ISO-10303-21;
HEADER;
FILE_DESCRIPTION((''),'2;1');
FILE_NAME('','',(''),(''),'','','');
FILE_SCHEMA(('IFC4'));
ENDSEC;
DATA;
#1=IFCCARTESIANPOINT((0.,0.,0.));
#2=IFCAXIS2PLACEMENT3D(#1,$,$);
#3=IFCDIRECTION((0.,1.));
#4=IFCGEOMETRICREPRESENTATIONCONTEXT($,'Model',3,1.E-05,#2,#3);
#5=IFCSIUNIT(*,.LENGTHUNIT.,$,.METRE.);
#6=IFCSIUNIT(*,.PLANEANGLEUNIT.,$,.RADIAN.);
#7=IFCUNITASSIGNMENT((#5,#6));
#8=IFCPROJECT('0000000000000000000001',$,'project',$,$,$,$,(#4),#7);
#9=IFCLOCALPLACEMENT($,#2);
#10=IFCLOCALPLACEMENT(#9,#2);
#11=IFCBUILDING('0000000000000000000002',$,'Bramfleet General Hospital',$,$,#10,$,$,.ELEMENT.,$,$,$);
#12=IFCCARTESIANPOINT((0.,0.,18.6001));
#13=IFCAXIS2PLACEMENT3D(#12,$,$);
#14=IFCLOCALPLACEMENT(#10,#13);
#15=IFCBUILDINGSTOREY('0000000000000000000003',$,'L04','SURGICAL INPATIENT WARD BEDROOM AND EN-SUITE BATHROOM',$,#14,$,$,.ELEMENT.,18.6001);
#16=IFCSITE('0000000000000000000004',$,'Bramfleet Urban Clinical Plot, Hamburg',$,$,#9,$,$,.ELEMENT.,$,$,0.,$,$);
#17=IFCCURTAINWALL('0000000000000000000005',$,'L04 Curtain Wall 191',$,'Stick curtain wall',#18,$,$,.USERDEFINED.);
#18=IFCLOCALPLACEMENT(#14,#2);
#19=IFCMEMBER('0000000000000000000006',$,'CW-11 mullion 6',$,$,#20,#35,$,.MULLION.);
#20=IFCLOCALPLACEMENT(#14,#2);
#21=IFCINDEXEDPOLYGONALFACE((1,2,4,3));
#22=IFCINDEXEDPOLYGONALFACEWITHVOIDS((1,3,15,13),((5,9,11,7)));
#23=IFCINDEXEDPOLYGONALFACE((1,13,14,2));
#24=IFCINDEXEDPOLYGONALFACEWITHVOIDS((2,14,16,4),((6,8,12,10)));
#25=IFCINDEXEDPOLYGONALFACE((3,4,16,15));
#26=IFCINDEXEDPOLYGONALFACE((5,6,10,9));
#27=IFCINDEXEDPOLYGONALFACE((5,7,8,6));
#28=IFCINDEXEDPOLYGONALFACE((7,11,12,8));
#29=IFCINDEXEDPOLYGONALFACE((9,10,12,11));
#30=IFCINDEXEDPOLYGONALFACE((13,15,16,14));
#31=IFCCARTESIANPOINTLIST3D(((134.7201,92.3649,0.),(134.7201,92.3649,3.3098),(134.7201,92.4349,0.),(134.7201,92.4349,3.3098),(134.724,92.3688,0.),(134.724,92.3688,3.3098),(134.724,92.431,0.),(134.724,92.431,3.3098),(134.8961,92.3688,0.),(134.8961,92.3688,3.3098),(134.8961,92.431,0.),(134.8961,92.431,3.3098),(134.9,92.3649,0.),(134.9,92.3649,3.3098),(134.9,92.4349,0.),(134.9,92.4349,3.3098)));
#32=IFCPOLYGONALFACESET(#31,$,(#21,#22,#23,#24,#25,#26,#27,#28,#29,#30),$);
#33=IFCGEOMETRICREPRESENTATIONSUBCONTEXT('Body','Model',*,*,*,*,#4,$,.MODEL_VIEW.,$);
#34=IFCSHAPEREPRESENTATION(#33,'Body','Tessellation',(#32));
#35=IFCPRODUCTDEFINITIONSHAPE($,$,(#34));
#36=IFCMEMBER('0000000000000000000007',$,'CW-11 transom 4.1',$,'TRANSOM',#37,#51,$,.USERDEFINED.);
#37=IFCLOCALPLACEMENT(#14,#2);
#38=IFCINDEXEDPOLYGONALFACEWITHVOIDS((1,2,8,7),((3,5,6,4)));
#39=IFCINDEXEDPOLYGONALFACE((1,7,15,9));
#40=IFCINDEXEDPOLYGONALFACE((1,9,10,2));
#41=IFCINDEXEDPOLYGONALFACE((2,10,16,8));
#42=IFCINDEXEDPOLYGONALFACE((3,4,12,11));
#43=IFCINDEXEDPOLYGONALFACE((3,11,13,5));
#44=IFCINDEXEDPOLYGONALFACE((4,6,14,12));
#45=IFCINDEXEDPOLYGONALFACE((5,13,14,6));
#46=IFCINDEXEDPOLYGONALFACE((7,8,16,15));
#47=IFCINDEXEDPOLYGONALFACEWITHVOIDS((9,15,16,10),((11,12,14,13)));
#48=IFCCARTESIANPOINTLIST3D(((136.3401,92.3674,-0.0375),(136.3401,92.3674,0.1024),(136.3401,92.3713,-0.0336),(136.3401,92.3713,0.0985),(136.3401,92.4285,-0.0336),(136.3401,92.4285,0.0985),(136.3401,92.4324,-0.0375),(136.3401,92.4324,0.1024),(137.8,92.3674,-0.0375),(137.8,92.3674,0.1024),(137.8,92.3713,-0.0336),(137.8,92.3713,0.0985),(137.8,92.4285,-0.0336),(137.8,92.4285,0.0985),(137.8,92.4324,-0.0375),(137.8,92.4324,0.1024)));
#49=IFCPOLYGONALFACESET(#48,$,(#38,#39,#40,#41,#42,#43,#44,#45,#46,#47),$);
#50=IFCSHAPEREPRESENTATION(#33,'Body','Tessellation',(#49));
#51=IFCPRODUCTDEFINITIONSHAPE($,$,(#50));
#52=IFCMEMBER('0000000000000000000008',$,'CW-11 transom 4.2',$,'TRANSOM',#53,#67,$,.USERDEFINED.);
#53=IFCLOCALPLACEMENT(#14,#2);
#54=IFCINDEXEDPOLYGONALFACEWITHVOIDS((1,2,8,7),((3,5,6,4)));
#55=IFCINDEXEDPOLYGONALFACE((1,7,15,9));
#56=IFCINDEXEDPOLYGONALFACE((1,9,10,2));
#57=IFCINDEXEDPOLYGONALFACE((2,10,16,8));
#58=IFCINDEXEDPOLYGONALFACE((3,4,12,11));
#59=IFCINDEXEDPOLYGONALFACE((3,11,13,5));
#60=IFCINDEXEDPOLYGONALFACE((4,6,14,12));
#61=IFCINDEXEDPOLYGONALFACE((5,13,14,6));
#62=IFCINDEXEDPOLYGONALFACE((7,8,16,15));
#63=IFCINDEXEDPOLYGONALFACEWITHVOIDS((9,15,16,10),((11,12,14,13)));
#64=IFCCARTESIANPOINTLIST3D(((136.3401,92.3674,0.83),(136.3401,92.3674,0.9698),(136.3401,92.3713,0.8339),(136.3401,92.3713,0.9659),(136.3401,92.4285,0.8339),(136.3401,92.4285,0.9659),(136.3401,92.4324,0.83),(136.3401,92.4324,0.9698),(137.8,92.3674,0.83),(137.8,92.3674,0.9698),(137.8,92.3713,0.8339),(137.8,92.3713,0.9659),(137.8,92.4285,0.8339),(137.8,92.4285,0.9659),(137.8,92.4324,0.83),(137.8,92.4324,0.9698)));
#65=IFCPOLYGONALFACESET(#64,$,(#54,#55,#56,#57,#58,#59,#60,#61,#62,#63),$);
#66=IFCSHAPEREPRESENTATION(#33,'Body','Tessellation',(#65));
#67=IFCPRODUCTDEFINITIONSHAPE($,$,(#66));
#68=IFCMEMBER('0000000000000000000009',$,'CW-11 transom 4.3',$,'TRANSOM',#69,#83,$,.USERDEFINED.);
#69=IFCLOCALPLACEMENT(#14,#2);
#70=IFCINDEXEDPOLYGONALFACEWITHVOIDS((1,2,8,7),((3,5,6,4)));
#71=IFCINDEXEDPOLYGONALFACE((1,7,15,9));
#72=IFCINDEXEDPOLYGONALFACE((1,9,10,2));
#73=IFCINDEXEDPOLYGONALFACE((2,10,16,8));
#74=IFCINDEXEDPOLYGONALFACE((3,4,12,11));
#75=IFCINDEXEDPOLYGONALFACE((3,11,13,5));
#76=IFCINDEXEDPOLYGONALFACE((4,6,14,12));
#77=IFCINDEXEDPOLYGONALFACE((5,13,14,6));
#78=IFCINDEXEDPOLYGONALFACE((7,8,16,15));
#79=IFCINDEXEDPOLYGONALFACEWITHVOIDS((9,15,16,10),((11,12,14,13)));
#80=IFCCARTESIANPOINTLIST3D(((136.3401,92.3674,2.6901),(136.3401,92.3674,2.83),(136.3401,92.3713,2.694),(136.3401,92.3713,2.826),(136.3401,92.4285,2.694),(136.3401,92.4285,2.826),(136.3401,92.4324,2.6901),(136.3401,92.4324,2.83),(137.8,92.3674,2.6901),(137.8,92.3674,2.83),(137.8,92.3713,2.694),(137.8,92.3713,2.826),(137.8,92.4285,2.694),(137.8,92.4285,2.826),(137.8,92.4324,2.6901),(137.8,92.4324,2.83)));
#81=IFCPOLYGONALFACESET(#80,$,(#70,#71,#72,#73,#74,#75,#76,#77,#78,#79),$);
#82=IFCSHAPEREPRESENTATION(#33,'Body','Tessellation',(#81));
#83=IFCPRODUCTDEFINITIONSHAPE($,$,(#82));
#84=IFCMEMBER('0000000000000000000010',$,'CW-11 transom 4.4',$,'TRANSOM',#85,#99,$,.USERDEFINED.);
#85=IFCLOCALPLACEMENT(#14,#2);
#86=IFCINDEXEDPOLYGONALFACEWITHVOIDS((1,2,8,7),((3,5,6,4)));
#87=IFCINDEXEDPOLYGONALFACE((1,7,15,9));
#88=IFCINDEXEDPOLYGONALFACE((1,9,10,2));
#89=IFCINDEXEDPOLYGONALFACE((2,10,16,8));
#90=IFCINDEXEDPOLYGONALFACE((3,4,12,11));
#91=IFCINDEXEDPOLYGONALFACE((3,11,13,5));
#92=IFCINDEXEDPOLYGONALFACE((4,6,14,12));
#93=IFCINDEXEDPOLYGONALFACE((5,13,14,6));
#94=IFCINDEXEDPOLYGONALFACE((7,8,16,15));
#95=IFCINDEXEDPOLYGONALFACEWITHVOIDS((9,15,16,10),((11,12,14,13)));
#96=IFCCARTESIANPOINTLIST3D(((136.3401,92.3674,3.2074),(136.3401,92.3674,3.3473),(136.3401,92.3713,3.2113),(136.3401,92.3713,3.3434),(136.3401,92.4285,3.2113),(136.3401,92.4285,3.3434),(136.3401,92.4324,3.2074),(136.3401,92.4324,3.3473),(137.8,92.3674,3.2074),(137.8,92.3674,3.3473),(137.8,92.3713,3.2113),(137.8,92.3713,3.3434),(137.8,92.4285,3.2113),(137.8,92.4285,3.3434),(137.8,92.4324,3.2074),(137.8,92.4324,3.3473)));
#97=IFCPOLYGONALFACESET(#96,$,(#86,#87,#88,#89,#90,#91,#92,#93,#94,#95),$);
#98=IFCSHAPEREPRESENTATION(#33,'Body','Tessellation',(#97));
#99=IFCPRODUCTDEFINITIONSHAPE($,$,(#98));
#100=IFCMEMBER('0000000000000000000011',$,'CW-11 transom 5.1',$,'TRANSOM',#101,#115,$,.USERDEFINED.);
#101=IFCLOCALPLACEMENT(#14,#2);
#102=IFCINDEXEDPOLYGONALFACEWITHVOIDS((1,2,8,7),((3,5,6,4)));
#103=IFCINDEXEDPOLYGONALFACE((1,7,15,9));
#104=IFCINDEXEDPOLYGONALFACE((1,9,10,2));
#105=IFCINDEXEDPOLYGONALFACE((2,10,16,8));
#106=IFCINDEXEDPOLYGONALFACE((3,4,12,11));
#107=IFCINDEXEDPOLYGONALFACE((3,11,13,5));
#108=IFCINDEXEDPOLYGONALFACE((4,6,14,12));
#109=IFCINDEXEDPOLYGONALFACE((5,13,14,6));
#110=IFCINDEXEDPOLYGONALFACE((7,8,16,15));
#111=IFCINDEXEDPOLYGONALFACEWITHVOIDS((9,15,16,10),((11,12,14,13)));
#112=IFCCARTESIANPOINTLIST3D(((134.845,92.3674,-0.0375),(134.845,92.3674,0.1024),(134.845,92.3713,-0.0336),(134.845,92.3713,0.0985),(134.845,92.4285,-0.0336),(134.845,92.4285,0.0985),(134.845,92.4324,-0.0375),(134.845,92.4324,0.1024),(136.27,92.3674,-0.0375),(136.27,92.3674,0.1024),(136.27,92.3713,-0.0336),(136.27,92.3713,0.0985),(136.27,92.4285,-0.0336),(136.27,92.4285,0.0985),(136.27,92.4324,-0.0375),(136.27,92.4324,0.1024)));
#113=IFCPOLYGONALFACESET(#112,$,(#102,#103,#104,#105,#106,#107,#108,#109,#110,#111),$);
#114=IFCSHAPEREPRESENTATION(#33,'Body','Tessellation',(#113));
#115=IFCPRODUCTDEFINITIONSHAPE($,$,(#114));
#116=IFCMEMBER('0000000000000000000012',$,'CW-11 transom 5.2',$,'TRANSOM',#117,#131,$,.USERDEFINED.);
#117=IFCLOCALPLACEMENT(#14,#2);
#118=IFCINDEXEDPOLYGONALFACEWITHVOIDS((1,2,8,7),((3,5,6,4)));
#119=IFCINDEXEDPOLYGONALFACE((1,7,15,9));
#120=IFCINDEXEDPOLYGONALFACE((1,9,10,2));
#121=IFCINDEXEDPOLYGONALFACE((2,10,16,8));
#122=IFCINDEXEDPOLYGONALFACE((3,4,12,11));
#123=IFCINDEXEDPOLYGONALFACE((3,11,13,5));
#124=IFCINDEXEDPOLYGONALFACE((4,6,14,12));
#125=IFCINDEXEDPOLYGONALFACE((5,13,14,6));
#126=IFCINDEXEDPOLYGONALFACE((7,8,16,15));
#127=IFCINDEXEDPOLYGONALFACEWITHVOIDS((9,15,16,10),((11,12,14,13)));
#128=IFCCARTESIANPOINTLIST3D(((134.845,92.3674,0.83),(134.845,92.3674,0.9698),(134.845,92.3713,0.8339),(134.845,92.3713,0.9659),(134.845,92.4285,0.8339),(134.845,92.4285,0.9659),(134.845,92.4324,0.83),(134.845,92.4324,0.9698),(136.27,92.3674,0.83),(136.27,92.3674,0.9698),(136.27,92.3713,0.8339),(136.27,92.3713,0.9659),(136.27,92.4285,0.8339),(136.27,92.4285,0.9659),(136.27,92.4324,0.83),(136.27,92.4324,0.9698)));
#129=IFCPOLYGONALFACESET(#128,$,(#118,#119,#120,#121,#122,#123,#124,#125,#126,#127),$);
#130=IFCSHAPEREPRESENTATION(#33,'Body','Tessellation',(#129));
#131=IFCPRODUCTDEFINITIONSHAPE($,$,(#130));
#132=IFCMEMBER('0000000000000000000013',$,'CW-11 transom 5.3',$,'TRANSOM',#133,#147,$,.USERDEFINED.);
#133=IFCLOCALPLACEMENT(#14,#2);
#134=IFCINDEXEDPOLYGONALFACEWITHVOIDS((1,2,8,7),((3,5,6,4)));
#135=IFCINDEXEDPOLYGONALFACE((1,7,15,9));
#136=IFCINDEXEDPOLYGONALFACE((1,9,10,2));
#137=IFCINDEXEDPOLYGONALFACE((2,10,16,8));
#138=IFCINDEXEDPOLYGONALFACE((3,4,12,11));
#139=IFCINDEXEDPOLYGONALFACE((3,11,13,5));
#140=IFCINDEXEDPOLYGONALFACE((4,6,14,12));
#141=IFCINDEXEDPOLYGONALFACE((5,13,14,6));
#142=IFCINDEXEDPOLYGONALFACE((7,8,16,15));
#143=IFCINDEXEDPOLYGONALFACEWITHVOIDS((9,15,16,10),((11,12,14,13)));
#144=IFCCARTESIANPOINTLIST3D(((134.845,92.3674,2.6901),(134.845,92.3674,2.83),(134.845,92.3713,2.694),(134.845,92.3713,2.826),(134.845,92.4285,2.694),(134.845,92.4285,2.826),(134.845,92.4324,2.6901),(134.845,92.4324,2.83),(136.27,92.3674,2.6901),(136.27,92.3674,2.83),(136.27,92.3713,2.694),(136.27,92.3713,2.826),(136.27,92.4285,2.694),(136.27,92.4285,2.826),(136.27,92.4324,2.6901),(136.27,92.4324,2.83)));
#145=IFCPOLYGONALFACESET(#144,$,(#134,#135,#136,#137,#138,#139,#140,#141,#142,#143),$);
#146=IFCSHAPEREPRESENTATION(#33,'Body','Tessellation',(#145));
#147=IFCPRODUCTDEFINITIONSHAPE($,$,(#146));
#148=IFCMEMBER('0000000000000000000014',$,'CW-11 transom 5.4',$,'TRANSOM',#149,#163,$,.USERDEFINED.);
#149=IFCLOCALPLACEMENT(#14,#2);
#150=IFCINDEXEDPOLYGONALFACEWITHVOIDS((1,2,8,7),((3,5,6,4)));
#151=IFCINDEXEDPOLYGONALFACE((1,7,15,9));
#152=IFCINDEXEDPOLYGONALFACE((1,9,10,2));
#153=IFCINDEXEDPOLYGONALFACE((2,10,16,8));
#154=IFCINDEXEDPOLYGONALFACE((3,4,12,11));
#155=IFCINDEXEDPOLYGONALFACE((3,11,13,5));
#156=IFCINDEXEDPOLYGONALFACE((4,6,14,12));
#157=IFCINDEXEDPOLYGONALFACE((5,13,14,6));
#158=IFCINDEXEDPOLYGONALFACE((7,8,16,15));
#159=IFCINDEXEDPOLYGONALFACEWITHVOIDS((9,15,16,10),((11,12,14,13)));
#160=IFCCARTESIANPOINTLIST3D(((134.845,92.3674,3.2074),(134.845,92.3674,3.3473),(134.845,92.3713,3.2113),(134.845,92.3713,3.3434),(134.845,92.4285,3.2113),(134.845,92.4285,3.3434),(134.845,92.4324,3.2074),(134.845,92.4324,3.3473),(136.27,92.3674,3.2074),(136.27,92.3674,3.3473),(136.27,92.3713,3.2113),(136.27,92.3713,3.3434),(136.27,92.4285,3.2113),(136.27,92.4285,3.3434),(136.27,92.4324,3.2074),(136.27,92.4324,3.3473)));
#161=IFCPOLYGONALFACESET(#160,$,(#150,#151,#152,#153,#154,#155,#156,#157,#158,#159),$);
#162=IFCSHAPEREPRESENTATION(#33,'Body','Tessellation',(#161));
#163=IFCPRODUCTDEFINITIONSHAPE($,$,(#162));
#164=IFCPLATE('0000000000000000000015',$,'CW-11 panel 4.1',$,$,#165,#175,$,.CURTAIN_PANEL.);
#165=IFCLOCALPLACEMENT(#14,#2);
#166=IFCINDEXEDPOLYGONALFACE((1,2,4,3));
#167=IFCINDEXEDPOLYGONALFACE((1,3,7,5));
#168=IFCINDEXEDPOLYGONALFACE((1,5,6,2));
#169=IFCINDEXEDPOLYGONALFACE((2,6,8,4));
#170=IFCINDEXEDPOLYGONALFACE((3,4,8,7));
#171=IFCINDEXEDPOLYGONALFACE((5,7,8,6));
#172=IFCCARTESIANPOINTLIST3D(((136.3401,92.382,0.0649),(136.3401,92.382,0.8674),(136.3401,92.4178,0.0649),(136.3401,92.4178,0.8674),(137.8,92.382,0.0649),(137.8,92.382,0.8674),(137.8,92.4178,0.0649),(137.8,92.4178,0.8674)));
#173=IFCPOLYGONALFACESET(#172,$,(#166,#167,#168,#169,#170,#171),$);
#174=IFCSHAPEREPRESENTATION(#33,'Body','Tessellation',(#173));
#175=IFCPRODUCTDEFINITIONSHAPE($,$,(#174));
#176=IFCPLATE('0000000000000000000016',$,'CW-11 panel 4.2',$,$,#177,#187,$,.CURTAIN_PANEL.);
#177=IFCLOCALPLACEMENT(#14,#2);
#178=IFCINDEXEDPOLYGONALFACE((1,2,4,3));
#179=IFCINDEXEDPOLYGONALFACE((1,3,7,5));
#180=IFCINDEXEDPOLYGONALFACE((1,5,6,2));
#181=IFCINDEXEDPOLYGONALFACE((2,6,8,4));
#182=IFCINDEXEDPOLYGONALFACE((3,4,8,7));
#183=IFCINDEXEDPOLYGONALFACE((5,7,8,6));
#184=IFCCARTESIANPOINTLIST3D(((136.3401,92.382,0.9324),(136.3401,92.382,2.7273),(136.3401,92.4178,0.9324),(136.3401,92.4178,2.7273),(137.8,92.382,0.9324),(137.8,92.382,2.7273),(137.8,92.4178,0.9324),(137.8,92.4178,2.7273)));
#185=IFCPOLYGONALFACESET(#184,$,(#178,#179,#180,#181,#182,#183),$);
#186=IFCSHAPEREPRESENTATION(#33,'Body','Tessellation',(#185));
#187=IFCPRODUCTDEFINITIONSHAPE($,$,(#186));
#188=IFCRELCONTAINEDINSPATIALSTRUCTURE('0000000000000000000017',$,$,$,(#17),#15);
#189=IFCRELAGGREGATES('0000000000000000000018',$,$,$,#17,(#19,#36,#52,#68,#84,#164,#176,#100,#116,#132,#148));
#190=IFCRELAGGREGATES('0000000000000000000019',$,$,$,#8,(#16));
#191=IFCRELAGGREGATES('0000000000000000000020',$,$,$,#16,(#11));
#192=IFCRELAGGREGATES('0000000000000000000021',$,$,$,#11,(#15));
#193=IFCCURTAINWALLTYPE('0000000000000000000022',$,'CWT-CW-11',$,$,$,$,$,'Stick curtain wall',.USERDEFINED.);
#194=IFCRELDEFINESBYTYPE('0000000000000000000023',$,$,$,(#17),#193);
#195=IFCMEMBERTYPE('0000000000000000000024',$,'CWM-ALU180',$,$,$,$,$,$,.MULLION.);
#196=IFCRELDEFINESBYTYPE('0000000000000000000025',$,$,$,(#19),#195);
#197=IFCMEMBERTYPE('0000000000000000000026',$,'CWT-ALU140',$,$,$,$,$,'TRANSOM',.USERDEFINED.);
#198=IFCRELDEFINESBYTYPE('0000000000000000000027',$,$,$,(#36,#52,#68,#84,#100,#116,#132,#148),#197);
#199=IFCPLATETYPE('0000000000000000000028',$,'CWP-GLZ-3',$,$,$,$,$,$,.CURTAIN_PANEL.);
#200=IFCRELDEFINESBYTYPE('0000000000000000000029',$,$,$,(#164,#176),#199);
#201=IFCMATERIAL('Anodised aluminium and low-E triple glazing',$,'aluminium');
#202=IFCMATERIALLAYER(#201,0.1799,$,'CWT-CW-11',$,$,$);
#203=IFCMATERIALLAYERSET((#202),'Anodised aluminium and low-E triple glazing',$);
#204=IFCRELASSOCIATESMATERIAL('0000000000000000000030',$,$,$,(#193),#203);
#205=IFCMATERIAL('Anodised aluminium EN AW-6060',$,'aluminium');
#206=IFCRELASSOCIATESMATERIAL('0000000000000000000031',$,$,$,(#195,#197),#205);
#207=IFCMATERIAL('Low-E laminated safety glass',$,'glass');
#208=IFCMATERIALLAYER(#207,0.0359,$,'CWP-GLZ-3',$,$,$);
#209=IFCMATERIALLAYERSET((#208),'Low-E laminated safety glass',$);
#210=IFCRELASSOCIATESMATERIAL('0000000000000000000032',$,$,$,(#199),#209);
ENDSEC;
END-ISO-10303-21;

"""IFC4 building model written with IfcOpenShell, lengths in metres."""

from ifc_helpers import new_model, si_unit, direction, frame, origin, origin_2d, place, context, subcontext, project, spatial, rectangle, hollow_rectangle, extrude, material, layer, layer_set, material_profile, profile_set, type_object, element, aggregate, save


model = new_model("IFC4")

# Units and contexts
model_context = context("Model", 3, precision=1e-05, world=origin(), true_north=direction((0.0, 1.0)))
body_context = subcontext(model_context, "Body", "Model", "MODEL_VIEW")
ifc_project = project(units=[si_unit("LENGTHUNIT", "METRE"), si_unit("PLANEANGLEUNIT", "RADIAN")], contexts=[model_context])

# Site, building, storey
site_placement = place(None, origin())
site = spatial("IfcSite", under=ifc_project, at=site_placement, Name="Bramfleet Urban Clinical Plot, Hamburg", CompositionType="ELEMENT", RefElevation=0.0)
building_placement = place(site_placement, origin())
building = spatial("IfcBuilding", under=site, at=building_placement, Name="Bramfleet General Hospital", CompositionType="ELEMENT")
storey_placement = place(building_placement, frame((0.0, 0.0, 18.6001)))
storey = spatial("IfcBuildingStorey", under=building, at=storey_placement, Name="L04", Description="SURGICAL INPATIENT WARD BEDROOM AND EN-SUITE BATHROOM", CompositionType="ELEMENT", Elevation=18.6001)

# Curtain wall, members, plates
ifc_material_1 = material(Name="Anodised aluminium and low-E triple glazing", Category="aluminium")
ifc_layer_1 = layer(ifc_material_1, 0.1799, Name="CWT-CW-11")
ifc_layer_set_1 = layer_set([ifc_layer_1], Name="Anodised aluminium and low-E triple glazing")
curtain_wall_type = type_object("IfcCurtainWallType", Name="CWT-CW-11", ElementType="Stick curtain wall", PredefinedType="USERDEFINED", material=ifc_layer_set_1)
curtain_wall_placement = place(storey_placement, origin())
curtain_wall = element("IfcCurtainWall", 1, at=curtain_wall_placement, inside=storey, type_object=curtain_wall_type, Name="L04 Curtain Wall 191", ObjectType="Stick curtain wall", PredefinedType="USERDEFINED")
ifc_material_2 = material(Name="Anodised aluminium EN AW-6060", Category="aluminium")
ifc_material_profile_1 = material_profile(ifc_material_2, hollow_rectangle(XDim=0.0701, YDim=0.1799, WallThickness=0.0039, at=origin_2d()), Name="ALU 180x70x4.0")
ifc_profile_set_1 = profile_set([ifc_material_profile_1], Name="Anodised aluminium EN AW-6060")
member_type_1 = type_object("IfcMemberType", Name="CWM-ALU180", PredefinedType="MULLION", material=ifc_profile_set_1)
member_1_placement = place(storey_placement, frame((134.8101, 92.3999, 0.0), z_axis=(0.0, 0.0, 1.0), x_axis=(0.0, -1.0, 0.0)))
member_1 = element("IfcMember", 2, at=member_1_placement, type_object=member_type_1, Name="CW-11 mullion 6", PredefinedType="MULLION", context=body_context, shape_type="SweptSolid", body=[
    extrude(hollow_rectangle(XDim=0.0701, YDim=0.1799, WallThickness=0.0039, at=origin_2d()), origin(), (0.0, 0.0, 1.0), 3.3098),
])
ifc_material_profile_2 = material_profile(ifc_material_2, hollow_rectangle(XDim=0.0649, YDim=0.1399, WallThickness=0.0039, at=origin_2d()), Name="ALU 140x65x4.0")
ifc_profile_set_2 = profile_set([ifc_material_profile_2], Name="Anodised aluminium EN AW-6060")
member_type_2 = type_object("IfcMemberType", Name="CWT-ALU140", ElementType="TRANSOM", PredefinedType="USERDEFINED", material=ifc_profile_set_2)
member_2_placement = place(storey_placement, frame((137.8, 92.3999, 0.0325), z_axis=(-1.0, 0.0, 0.0), x_axis=(0.0, -1.0, 0.0)))
member_2 = element("IfcMember", 3, at=member_2_placement, type_object=member_type_2, Name="CW-11 transom 4.1", ObjectType="TRANSOM", PredefinedType="USERDEFINED", context=body_context, shape_type="SweptSolid", body=[
    extrude(hollow_rectangle(XDim=0.0649, YDim=0.1399, WallThickness=0.0039, at=origin_2d()), origin(), (0.0, 0.0, 1.0), 1.46),
])
member_3_placement = place(storey_placement, frame((137.8, 92.3999, 0.8999), z_axis=(-1.0, 0.0, 0.0), x_axis=(0.0, -1.0, 0.0)))
member_3 = element("IfcMember", 4, at=member_3_placement, type_object=member_type_2, Name="CW-11 transom 4.2", ObjectType="TRANSOM", PredefinedType="USERDEFINED", context=body_context, shape_type="SweptSolid", body=[
    extrude(hollow_rectangle(XDim=0.0649, YDim=0.1399, WallThickness=0.0039, at=origin_2d()), origin(), (0.0, 0.0, 1.0), 1.46),
])
member_4_placement = place(storey_placement, frame((137.8, 92.3999, 2.76), z_axis=(-1.0, 0.0, 0.0), x_axis=(0.0, -1.0, 0.0)))
member_4 = element("IfcMember", 5, at=member_4_placement, type_object=member_type_2, Name="CW-11 transom 4.3", ObjectType="TRANSOM", PredefinedType="USERDEFINED", context=body_context, shape_type="SweptSolid", body=[
    extrude(hollow_rectangle(XDim=0.0649, YDim=0.1399, WallThickness=0.0039, at=origin_2d()), origin(), (0.0, 0.0, 1.0), 1.46),
])
member_5_placement = place(storey_placement, frame((137.8, 92.3999, 3.2773), z_axis=(-1.0, 0.0, 0.0), x_axis=(0.0, -1.0, 0.0)))
member_5 = element("IfcMember", 6, at=member_5_placement, type_object=member_type_2, Name="CW-11 transom 4.4", ObjectType="TRANSOM", PredefinedType="USERDEFINED", context=body_context, shape_type="SweptSolid", body=[
    extrude(hollow_rectangle(XDim=0.0649, YDim=0.1399, WallThickness=0.0039, at=origin_2d()), origin(), (0.0, 0.0, 1.0), 1.46),
])
member_6_placement = place(storey_placement, frame((136.27, 92.3999, 0.0325), z_axis=(-1.0, 0.0, 0.0), x_axis=(0.0, -1.0, 0.0)))
member_6 = element("IfcMember", 7, at=member_6_placement, type_object=member_type_2, Name="CW-11 transom 5.1", ObjectType="TRANSOM", PredefinedType="USERDEFINED", context=body_context, shape_type="SweptSolid", body=[
    extrude(hollow_rectangle(XDim=0.0649, YDim=0.1399, WallThickness=0.0039, at=origin_2d()), origin(), (0.0, 0.0, 1.0), 1.425),
])
member_7_placement = place(storey_placement, frame((136.27, 92.3999, 0.8999), z_axis=(-1.0, 0.0, 0.0), x_axis=(0.0, -1.0, 0.0)))
member_7 = element("IfcMember", 8, at=member_7_placement, type_object=member_type_2, Name="CW-11 transom 5.2", ObjectType="TRANSOM", PredefinedType="USERDEFINED", context=body_context, shape_type="SweptSolid", body=[
    extrude(hollow_rectangle(XDim=0.0649, YDim=0.1399, WallThickness=0.0039, at=origin_2d()), origin(), (0.0, 0.0, 1.0), 1.425),
])
member_8_placement = place(storey_placement, frame((136.27, 92.3999, 2.76), z_axis=(-1.0, 0.0, 0.0), x_axis=(0.0, -1.0, 0.0)))
member_8 = element("IfcMember", 9, at=member_8_placement, type_object=member_type_2, Name="CW-11 transom 5.3", ObjectType="TRANSOM", PredefinedType="USERDEFINED", context=body_context, shape_type="SweptSolid", body=[
    extrude(hollow_rectangle(XDim=0.0649, YDim=0.1399, WallThickness=0.0039, at=origin_2d()), origin(), (0.0, 0.0, 1.0), 1.425),
])
member_9_placement = place(storey_placement, frame((136.27, 92.3999, 3.2773), z_axis=(-1.0, 0.0, 0.0), x_axis=(0.0, -1.0, 0.0)))
member_9 = element("IfcMember", 10, at=member_9_placement, type_object=member_type_2, Name="CW-11 transom 5.4", ObjectType="TRANSOM", PredefinedType="USERDEFINED", context=body_context, shape_type="SweptSolid", body=[
    extrude(hollow_rectangle(XDim=0.0649, YDim=0.1399, WallThickness=0.0039, at=origin_2d()), origin(), (0.0, 0.0, 1.0), 1.425),
])
ifc_material_3 = material(Name="Low-E laminated safety glass", Category="glass")
ifc_layer_2 = layer(ifc_material_3, 0.0359, Name="CWP-GLZ-3")
ifc_layer_set_2 = layer_set([ifc_layer_2], Name="Low-E laminated safety glass")
plate_type = type_object("IfcPlateType", Name="CWP-GLZ-3", PredefinedType="CURTAIN_PANEL", material=ifc_layer_set_2)
plate_1_placement = place(storey_placement, frame((137.0701, 92.3999, 0.0649), z_axis=(0.0, 0.0, 1.0), x_axis=(-1.0, 0.0, 0.0)))
plate_1 = element("IfcPlate", 11, at=plate_1_placement, type_object=plate_type, Name="CW-11 panel 4.1", PredefinedType="CURTAIN_PANEL", context=body_context, shape_type="SweptSolid", body=[
    extrude(rectangle(XDim=1.46, YDim=0.0359, at=origin_2d()), origin(), (0.0, 0.0, 1.0), 0.8025),
])
plate_2_placement = place(storey_placement, frame((137.0701, 92.3999, 0.9324), z_axis=(0.0, 0.0, 1.0), x_axis=(-1.0, 0.0, 0.0)))
plate_2 = element("IfcPlate", 12, at=plate_2_placement, type_object=plate_type, Name="CW-11 panel 4.2", PredefinedType="CURTAIN_PANEL", context=body_context, shape_type="SweptSolid", body=[
    extrude(rectangle(XDim=1.46, YDim=0.0359, at=origin_2d()), origin(), (0.0, 0.0, 1.0), 1.7949),
])
aggregate(curtain_wall, [member_1, member_2, member_3, member_4, member_5, plate_1, plate_2, member_6, member_7, member_8, member_9])

save(model, "model.ifc")
